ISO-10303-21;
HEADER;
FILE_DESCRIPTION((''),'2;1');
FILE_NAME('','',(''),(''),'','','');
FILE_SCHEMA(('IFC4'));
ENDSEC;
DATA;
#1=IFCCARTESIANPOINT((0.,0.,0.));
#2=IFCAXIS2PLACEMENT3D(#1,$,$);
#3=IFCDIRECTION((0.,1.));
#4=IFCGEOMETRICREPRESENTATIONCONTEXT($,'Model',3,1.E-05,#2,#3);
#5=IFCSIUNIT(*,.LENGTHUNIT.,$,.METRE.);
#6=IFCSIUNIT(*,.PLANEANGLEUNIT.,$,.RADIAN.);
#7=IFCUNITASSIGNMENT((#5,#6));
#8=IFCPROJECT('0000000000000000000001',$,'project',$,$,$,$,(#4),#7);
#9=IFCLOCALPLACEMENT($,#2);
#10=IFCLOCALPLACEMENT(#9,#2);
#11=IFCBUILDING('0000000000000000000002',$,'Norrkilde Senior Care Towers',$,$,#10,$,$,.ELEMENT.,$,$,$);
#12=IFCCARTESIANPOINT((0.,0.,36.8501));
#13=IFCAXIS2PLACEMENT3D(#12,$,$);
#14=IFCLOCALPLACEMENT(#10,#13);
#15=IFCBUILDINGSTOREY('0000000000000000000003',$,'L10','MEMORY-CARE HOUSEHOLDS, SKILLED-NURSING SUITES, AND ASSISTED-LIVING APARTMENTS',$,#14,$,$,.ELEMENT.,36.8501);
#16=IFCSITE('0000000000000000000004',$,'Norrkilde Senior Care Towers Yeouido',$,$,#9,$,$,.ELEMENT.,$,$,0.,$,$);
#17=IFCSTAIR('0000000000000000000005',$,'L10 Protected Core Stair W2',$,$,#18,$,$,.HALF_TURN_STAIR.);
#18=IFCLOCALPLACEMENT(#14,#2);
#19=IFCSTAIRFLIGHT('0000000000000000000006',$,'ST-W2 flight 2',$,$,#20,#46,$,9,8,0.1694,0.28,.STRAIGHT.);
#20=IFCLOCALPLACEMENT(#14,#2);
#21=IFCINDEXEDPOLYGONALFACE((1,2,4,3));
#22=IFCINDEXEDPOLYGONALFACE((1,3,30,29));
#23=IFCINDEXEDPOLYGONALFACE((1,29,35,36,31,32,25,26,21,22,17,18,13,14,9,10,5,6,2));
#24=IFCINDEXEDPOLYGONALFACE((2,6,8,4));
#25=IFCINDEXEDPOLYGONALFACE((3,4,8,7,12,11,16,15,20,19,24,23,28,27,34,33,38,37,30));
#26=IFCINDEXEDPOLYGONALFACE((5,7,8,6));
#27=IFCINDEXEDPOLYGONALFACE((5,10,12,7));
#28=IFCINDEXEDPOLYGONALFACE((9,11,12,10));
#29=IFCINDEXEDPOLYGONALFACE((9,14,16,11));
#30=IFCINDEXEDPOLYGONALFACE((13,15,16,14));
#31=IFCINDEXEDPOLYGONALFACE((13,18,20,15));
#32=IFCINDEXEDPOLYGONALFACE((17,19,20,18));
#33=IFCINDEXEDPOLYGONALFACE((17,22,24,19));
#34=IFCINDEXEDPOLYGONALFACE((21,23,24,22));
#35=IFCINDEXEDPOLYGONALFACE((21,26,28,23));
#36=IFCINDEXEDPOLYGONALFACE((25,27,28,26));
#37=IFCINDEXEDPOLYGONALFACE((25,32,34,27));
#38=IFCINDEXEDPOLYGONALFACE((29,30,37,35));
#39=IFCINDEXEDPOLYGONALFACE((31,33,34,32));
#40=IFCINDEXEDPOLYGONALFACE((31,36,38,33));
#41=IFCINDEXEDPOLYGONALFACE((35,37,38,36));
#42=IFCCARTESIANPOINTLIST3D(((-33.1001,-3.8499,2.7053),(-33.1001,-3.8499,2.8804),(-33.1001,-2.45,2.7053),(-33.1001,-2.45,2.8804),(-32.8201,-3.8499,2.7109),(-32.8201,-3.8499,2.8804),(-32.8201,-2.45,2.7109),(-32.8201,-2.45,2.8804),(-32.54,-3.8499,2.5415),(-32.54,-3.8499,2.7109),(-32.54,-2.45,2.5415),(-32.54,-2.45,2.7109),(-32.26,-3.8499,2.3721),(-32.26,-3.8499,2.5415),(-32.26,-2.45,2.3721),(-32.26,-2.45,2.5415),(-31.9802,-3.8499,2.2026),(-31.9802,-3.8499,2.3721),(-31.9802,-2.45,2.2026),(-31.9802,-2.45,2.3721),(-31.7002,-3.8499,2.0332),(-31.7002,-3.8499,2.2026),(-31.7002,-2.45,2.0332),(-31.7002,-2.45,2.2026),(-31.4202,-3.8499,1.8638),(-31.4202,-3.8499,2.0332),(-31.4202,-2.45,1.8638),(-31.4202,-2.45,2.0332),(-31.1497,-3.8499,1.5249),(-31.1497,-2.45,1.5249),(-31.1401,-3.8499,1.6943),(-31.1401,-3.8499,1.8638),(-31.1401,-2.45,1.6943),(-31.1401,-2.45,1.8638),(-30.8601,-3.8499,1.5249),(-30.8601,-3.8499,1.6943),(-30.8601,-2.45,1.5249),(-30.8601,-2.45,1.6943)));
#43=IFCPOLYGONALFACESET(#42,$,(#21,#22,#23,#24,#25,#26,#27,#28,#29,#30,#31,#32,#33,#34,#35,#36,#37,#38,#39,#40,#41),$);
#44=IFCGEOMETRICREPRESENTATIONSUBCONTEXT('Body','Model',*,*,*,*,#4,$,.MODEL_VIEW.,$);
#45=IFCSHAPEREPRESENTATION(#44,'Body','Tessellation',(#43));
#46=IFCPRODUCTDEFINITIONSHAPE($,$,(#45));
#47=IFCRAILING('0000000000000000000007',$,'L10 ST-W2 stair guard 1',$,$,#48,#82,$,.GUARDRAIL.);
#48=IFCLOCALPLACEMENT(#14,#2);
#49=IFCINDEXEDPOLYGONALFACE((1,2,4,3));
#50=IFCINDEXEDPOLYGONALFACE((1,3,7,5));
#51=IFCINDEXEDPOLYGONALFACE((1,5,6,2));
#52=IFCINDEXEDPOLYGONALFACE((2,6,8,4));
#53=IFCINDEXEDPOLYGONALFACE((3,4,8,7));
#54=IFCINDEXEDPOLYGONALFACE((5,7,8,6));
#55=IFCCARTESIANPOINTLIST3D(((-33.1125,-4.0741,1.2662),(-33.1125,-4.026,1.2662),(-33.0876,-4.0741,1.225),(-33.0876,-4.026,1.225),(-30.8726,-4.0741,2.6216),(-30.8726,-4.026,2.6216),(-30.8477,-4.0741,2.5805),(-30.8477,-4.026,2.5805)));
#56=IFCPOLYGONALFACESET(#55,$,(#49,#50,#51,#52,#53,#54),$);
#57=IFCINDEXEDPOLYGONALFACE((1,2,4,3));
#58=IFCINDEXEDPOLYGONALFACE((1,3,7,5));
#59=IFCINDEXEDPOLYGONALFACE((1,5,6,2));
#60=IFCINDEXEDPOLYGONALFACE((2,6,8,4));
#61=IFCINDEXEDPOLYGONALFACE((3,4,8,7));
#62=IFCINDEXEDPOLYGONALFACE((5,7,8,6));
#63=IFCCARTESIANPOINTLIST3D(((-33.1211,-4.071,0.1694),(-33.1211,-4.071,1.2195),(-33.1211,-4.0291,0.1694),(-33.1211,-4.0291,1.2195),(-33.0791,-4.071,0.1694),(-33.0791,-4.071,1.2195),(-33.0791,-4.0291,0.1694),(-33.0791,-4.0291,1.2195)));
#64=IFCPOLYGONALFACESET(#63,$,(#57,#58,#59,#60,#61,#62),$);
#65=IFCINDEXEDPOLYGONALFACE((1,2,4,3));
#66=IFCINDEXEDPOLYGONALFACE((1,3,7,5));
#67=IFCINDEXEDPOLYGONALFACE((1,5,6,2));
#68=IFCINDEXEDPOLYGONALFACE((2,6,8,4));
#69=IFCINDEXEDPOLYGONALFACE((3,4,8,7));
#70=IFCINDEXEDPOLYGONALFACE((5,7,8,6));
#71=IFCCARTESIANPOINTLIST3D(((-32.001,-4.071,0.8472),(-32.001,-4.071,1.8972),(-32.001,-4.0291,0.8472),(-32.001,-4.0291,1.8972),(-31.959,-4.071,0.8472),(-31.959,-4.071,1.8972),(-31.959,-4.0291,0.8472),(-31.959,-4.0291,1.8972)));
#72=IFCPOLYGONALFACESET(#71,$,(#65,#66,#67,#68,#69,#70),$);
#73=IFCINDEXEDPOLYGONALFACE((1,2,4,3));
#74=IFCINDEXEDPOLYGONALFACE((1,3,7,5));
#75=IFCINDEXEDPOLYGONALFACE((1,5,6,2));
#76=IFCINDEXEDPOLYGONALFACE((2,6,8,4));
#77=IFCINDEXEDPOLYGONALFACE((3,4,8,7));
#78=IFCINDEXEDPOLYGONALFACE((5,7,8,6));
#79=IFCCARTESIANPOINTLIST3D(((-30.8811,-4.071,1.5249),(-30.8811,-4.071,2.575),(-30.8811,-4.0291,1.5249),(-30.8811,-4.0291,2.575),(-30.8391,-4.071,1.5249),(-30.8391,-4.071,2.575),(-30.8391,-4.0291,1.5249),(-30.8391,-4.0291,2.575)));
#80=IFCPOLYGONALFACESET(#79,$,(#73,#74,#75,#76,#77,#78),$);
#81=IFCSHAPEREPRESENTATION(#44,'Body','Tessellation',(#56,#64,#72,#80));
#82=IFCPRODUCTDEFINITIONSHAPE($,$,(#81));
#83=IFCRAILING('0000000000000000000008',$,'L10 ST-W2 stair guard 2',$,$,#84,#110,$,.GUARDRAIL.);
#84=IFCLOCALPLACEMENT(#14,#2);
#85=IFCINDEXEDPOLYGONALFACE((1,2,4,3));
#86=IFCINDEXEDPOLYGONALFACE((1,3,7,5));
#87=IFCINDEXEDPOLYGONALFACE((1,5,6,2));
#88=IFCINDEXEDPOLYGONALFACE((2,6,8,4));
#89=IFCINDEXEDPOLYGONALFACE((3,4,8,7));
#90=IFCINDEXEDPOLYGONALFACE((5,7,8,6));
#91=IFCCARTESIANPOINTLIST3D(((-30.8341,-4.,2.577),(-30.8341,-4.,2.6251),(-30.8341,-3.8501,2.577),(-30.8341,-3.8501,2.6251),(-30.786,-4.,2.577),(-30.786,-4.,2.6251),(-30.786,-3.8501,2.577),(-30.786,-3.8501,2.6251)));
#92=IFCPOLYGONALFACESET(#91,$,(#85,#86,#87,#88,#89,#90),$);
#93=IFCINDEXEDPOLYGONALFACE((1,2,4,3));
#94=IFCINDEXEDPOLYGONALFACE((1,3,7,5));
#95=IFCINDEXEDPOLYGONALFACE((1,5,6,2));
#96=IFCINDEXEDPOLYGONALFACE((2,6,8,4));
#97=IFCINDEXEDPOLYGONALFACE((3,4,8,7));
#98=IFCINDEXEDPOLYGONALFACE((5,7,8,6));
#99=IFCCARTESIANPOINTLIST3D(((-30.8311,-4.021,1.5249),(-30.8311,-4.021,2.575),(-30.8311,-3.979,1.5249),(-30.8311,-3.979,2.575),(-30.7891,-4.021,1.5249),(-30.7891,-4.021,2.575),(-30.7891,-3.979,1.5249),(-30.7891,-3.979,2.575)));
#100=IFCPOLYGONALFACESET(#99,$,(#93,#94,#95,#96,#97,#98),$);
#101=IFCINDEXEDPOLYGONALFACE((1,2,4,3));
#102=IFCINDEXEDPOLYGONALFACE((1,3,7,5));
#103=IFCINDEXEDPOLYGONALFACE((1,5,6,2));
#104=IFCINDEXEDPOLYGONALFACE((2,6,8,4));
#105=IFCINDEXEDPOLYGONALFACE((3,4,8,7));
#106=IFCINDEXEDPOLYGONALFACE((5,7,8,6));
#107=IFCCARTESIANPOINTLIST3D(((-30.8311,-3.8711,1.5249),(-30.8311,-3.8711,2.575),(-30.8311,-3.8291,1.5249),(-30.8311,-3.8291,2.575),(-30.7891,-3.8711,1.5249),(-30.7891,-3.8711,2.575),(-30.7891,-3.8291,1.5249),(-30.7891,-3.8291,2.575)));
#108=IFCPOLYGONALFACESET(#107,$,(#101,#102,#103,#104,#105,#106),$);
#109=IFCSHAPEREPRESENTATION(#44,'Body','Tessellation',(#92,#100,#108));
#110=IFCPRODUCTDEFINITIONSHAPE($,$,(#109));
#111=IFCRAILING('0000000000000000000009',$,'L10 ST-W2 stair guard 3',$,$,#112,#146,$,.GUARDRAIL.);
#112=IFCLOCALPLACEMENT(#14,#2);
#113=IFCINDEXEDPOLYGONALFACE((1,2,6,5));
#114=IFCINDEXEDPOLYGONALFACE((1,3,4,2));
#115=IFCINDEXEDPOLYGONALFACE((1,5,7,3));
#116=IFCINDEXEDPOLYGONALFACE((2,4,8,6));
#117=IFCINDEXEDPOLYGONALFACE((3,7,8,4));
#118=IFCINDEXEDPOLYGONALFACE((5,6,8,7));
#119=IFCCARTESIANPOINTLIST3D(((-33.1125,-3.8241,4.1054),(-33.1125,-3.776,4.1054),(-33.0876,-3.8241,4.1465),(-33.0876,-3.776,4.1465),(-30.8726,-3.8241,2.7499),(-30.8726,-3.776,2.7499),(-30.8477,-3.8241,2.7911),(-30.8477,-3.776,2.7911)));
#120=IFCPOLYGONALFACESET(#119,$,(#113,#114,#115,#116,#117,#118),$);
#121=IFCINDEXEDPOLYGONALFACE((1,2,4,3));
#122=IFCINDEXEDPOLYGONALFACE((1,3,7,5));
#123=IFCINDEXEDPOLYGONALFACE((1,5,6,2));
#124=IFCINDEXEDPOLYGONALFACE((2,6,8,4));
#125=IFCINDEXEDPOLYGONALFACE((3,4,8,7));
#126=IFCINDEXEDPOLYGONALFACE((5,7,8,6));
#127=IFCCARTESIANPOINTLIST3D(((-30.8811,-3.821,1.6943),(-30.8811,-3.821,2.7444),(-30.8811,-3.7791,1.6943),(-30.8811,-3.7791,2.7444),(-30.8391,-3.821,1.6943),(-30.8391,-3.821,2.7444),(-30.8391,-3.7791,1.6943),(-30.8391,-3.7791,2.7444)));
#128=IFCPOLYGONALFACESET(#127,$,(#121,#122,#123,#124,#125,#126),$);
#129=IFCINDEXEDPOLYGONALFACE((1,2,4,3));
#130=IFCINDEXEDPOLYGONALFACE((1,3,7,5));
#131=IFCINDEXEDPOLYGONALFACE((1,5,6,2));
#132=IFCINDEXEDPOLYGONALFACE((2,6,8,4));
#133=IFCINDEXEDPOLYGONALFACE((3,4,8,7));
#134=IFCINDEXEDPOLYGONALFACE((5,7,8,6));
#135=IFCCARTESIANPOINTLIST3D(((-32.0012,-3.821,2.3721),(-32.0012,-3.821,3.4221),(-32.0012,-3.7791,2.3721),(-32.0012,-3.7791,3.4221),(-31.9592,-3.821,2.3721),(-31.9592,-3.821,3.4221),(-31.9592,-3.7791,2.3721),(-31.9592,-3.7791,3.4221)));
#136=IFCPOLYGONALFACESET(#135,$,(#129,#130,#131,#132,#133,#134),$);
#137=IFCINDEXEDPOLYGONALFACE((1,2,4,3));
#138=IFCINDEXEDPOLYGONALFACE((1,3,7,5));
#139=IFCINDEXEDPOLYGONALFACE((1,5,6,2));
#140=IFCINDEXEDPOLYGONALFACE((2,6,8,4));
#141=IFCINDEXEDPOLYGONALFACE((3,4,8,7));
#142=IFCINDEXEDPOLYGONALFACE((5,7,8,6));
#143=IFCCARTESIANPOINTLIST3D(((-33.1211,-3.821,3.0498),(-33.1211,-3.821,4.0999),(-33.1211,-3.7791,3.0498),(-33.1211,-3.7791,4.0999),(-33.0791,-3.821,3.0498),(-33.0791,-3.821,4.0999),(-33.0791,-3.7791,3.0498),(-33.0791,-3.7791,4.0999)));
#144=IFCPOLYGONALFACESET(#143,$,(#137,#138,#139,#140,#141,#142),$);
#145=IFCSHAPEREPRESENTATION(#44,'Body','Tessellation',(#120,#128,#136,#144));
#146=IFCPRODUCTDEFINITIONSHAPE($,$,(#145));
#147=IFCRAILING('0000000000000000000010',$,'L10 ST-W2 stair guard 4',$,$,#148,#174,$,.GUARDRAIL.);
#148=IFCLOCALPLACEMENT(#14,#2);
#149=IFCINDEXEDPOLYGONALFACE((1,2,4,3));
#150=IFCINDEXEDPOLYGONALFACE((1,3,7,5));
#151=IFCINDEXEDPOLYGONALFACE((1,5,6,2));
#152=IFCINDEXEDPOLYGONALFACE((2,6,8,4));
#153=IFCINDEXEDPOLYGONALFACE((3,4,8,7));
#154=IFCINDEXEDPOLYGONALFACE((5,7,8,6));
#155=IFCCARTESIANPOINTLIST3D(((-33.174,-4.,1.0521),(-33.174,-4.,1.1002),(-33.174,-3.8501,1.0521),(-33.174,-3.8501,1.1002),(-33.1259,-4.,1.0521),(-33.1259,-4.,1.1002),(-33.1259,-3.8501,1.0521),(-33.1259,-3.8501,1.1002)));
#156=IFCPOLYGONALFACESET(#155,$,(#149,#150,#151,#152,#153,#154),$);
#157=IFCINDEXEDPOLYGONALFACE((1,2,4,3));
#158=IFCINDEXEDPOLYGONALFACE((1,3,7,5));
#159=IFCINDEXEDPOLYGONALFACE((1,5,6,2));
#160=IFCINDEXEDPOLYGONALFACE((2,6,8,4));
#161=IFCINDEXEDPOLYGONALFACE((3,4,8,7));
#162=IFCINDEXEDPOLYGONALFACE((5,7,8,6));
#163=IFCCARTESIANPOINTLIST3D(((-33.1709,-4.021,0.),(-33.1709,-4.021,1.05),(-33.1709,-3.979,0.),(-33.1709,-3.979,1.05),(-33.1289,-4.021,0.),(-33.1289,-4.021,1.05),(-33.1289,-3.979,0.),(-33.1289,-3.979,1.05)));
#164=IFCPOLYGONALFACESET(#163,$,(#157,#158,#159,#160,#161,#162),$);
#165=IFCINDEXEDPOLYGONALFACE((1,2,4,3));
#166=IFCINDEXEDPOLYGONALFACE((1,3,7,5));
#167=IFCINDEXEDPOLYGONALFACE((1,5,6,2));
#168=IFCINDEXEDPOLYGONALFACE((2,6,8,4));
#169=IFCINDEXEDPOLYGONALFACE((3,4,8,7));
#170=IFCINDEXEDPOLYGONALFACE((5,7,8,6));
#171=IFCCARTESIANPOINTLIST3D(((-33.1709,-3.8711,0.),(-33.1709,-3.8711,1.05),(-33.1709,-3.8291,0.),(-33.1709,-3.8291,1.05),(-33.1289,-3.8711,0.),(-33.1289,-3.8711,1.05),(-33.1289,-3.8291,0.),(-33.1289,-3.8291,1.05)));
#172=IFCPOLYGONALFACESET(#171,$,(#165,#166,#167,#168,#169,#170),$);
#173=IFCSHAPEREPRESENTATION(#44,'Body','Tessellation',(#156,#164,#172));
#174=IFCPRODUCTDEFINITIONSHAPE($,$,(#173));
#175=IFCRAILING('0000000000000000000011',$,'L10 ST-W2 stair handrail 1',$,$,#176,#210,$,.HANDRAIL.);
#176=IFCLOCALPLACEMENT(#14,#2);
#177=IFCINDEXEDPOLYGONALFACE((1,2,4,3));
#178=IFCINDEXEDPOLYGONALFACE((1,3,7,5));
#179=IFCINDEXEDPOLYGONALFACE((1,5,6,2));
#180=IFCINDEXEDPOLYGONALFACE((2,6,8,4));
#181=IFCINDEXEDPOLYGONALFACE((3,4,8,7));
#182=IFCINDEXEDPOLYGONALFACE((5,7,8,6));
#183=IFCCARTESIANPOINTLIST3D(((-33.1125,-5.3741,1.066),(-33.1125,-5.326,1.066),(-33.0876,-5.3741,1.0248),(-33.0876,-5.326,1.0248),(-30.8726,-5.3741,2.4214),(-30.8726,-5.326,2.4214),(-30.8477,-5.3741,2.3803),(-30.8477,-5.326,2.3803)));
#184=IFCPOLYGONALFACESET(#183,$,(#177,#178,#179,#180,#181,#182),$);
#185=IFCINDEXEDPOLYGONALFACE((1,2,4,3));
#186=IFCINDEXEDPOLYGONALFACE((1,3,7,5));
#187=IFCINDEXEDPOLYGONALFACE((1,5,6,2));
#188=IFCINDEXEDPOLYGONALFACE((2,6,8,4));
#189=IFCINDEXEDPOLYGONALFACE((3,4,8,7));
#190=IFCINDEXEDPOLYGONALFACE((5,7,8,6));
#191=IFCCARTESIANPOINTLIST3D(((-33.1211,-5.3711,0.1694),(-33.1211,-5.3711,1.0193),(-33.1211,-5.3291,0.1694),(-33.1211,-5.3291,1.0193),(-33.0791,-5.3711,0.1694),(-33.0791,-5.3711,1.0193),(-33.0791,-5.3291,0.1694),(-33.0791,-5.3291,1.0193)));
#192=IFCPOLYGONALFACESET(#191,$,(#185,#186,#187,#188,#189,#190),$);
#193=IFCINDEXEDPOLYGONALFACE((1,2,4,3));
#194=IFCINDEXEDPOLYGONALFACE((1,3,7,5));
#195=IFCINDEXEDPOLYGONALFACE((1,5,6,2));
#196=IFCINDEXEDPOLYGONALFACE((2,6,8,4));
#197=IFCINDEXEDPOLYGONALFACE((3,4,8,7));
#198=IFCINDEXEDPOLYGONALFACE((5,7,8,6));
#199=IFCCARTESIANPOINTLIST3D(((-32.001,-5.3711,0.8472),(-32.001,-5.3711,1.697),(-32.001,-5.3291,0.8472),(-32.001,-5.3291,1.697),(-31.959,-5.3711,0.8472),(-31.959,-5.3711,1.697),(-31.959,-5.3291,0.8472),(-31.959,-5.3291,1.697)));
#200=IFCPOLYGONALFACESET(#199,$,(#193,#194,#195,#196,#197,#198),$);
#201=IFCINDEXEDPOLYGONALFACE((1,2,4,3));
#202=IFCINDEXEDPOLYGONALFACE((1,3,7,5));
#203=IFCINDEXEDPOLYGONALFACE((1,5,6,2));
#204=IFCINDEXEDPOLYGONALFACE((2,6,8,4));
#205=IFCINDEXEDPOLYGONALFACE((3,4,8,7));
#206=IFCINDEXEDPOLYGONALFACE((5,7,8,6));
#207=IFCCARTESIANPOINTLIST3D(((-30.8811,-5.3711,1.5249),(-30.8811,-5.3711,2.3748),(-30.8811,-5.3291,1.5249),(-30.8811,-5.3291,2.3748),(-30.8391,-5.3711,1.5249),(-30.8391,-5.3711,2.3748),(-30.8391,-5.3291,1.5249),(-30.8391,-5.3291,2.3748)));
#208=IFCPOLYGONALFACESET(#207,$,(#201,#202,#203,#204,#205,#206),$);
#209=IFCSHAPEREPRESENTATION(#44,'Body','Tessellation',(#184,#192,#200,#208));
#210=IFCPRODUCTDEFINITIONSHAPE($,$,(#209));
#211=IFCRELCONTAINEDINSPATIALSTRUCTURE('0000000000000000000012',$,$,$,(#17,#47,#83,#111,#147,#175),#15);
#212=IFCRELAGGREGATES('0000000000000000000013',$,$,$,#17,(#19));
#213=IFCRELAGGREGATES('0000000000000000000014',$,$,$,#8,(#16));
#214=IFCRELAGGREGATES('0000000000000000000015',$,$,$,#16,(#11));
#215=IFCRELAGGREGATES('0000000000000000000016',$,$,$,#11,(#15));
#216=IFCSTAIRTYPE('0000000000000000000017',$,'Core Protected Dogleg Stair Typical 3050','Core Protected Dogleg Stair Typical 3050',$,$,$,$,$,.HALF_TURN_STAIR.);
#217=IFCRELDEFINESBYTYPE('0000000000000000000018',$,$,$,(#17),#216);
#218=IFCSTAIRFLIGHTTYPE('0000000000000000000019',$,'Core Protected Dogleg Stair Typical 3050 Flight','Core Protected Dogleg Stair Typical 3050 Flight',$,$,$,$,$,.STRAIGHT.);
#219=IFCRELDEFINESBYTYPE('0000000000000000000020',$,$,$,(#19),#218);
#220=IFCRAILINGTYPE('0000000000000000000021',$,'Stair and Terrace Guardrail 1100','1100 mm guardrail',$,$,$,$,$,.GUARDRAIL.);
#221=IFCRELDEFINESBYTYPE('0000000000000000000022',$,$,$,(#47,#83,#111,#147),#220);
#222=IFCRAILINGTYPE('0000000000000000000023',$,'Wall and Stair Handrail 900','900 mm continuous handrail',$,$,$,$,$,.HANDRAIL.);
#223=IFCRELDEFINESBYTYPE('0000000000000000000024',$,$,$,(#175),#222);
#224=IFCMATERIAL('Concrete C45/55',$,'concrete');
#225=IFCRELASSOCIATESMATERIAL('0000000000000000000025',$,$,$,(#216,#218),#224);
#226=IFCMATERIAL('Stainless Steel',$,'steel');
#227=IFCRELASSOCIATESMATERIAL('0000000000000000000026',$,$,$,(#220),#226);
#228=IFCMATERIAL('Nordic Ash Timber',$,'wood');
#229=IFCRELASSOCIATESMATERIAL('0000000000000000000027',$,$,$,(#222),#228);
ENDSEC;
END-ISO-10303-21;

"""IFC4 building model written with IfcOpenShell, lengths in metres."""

from ifc_helpers import new_model, si_unit, direction, frame, origin, origin_2d, place, context, subcontext, project, spatial, polyline, rectangle, outline, extrude, material, type_object, element, aggregate, save


model = new_model("IFC4")

# Units and contexts
model_context = context("Model", 3, precision=1e-05, world=origin(), true_north=direction((0.0, 1.0)))
body_context = subcontext(model_context, "Body", "Model", "MODEL_VIEW")
ifc_project = project(units=[si_unit("LENGTHUNIT", "METRE"), si_unit("PLANEANGLEUNIT", "RADIAN")], contexts=[model_context])

# Site, building, storey
site_placement = place(None, origin())
site = spatial("IfcSite", under=ifc_project, at=site_placement, Name="Norrkilde Senior Care Towers Yeouido", CompositionType="ELEMENT", RefElevation=0.0)
building_placement = place(site_placement, origin())
building = spatial("IfcBuilding", under=site, at=building_placement, Name="Norrkilde Senior Care Towers", CompositionType="ELEMENT")
storey_placement = place(building_placement, frame((0.0, 0.0, 36.8501)))
storey = spatial("IfcBuildingStorey", under=building, at=storey_placement, Name="L10", Description="MEMORY-CARE HOUSEHOLDS, SKILLED-NURSING SUITES, AND ASSISTED-LIVING APARTMENTS", CompositionType="ELEMENT", Elevation=36.8501)

# Shared definitions
ifc_material_1 = material(Name="Concrete C45/55", Category="concrete")

# Shared definitions
ifc_material_2 = material(Name="Stainless Steel", Category="steel")

# Stair, stair flight
stair_type = type_object("IfcStairType", Name="Core Protected Dogleg Stair Typical 3050", Description="Core Protected Dogleg Stair Typical 3050", PredefinedType="HALF_TURN_STAIR", material=ifc_material_1)
stair_placement = place(storey_placement, origin())
stair = element("IfcStair", 1, at=stair_placement, inside=storey, type_object=stair_type, Name="L10 Protected Core Stair W2", PredefinedType="HALF_TURN_STAIR")
stair_flight_type = type_object("IfcStairFlightType", Name="Core Protected Dogleg Stair Typical 3050 Flight", Description="Core Protected Dogleg Stair Typical 3050 Flight", PredefinedType="STRAIGHT", material=ifc_material_1)
stair_flight_1_placement = place(storey_placement, frame((-30.8601, -3.1499, 1.5249), z_axis=(0.0, 0.0, 1.0), x_axis=(-1.0, 0.0, 0.0)))
stair_flight_1 = element("IfcStairFlight", 2, at=stair_flight_1_placement, type_object=stair_flight_type, Name="ST-W2 flight 2", NumberOfRisers=9, NumberOfTreads=8, PredefinedType="STRAIGHT", RiserHeight=0.1694, TreadLength=0.28, context=body_context, shape_type="SweptSolid", body=[
    extrude(outline(polyline([(0.0, 0.0), (0.0, 0.1694), (0.28, 0.1694), (0.28, 0.3389), (0.5601, 0.3389), (0.5601, 0.5083), (0.8401, 0.5083), (0.8401, 0.6777), (1.1201, 0.6777), (1.1201, 0.8472), (1.3999, 0.8472), (1.3999, 1.0166), (1.6799, 1.0166), (1.6799, 1.186), (1.96, 1.186), (1.96, 1.3555), (2.24, 1.3555), (2.24, 1.5249), (2.24, 1.1804), (0.2896, 0.0), (0.0, 0.0)])), frame((0.0, 0.7, 0.0), z_axis=(0.0, -1.0, 0.0), x_axis=(1.0, 0.0, 0.0)), (0.0, 0.0, 1.0), 1.3999),
])
aggregate(stair, [stair_flight_1])

# Railings
railing_type_1 = type_object("IfcRailingType", Name="Stair and Terrace Guardrail 1100", Description="1100 mm guardrail", PredefinedType="GUARDRAIL", material=ifc_material_2)
railing_1_placement = place(storey_placement, frame((-33.1001, -4.05, 0.1694)))
element("IfcRailing", 3, at=railing_1_placement, inside=storey, type_object=railing_type_1, Name="L10 ST-W2 stair guard 1", PredefinedType="GUARDRAIL", context=body_context, shape_type="SweptSolid", body=[
    extrude(rectangle(XDim=0.0481, YDim=0.0481, at=origin_2d()), frame((0.0, 0.0, 1.0762), z_axis=(0.855553, 0.0, 0.517715), x_axis=(0.0, 1.0, 0.0)), (0.0, 0.0, 1.0), 2.6182),
    extrude(rectangle(XDim=0.042, YDim=0.042, at=origin_2d()), origin(), (0.0, 0.0, 1.0), 1.05),
    extrude(rectangle(XDim=0.042, YDim=0.042, at=origin_2d()), frame((1.1201, 0.0, 0.6777)), (0.0, 0.0, 1.0), 1.05),
    extrude(rectangle(XDim=0.042, YDim=0.042, at=origin_2d()), frame((2.24, 0.0, 1.3555)), (0.0, 0.0, 1.0), 1.05),
])
railing_2_placement = place(storey_placement, frame((-30.8101, -4.0, 1.5249)))
element("IfcRailing", 4, at=railing_2_placement, inside=storey, type_object=railing_type_1, Name="L10 ST-W2 stair guard 2", PredefinedType="GUARDRAIL", context=body_context, shape_type="SweptSolid", body=[
    extrude(rectangle(XDim=0.0481, YDim=0.0481, at=origin_2d()), frame((0.0, 0.0, 1.0762), z_axis=(0.0, 1.0, 0.0), x_axis=(-1.0, 0.0, 0.0)), (0.0, 0.0, 1.0), 0.1499),
    extrude(rectangle(XDim=0.042, YDim=0.042, at=origin_2d()), origin(), (0.0, 0.0, 1.0), 1.05),
    extrude(rectangle(XDim=0.042, YDim=0.042, at=origin_2d()), frame((0.0, 0.1499, 0.0)), (0.0, 0.0, 1.0), 1.05),
])
railing_3_placement = place(storey_placement, frame((-30.8601, -3.8, 1.6943)))
element("IfcRailing", 5, at=railing_3_placement, inside=storey, type_object=railing_type_1, Name="L10 ST-W2 stair guard 3", PredefinedType="GUARDRAIL", context=body_context, shape_type="SweptSolid", body=[
    extrude(rectangle(XDim=0.0481, YDim=0.0481, at=origin_2d()), frame((0.0, 0.0, 1.0762), z_axis=(-0.855553, 0.0, 0.517715), x_axis=(0.0, -1.0, 0.0)), (0.0, 0.0, 1.0), 2.6182),
    extrude(rectangle(XDim=0.042, YDim=0.042, at=origin_2d()), origin(), (0.0, 0.0, 1.0), 1.05),
    extrude(rectangle(XDim=0.042, YDim=0.042, at=origin_2d()), frame((-1.1201, 0.0, 0.6777)), (0.0, 0.0, 1.0), 1.05),
    extrude(rectangle(XDim=0.042, YDim=0.042, at=origin_2d()), frame((-2.24, 0.0, 1.3555)), (0.0, 0.0, 1.0), 1.05),
])
railing_4_placement = place(storey_placement, frame((-33.1499, -4.0, 0.0)))
element("IfcRailing", 6, at=railing_4_placement, inside=storey, type_object=railing_type_1, Name="L10 ST-W2 stair guard 4", PredefinedType="GUARDRAIL", context=body_context, shape_type="SweptSolid", body=[
    extrude(rectangle(XDim=0.0481, YDim=0.0481, at=origin_2d()), frame((0.0, 0.0, 1.0762), z_axis=(0.0, 1.0, 0.0), x_axis=(-1.0, 0.0, 0.0)), (0.0, 0.0, 1.0), 0.1499),
    extrude(rectangle(XDim=0.042, YDim=0.042, at=origin_2d()), origin(), (0.0, 0.0, 1.0), 1.05),
    extrude(rectangle(XDim=0.042, YDim=0.042, at=origin_2d()), frame((0.0, 0.1499, 0.0)), (0.0, 0.0, 1.0), 1.05),
])
ifc_material_3 = material(Name="Nordic Ash Timber", Category="wood")
railing_type_2 = type_object("IfcRailingType", Name="Wall and Stair Handrail 900", Description="900 mm continuous handrail", PredefinedType="HANDRAIL", material=ifc_material_3)
railing_5_placement = place(storey_placement, frame((-33.1001, -5.3501, 0.1694)))
element("IfcRailing", 7, at=railing_5_placement, inside=storey, type_object=railing_type_2, Name="L10 ST-W2 stair handrail 1", PredefinedType="HANDRAIL", context=body_context, shape_type="SweptSolid", body=[
    extrude(rectangle(XDim=0.0481, YDim=0.0481, at=origin_2d()), frame((0.0, 0.0, 0.876), z_axis=(0.855553, 0.0, 0.517715), x_axis=(0.0, 1.0, 0.0)), (0.0, 0.0, 1.0), 2.6182),
    extrude(rectangle(XDim=0.042, YDim=0.042, at=origin_2d()), origin(), (0.0, 0.0, 1.0), 0.8499),
    extrude(rectangle(XDim=0.042, YDim=0.042, at=origin_2d()), frame((1.1201, 0.0, 0.6777)), (0.0, 0.0, 1.0), 0.8499),
    extrude(rectangle(XDim=0.042, YDim=0.042, at=origin_2d()), frame((2.24, 0.0, 1.3555)), (0.0, 0.0, 1.0), 0.8499),
])

save(model, "model.ifc")
